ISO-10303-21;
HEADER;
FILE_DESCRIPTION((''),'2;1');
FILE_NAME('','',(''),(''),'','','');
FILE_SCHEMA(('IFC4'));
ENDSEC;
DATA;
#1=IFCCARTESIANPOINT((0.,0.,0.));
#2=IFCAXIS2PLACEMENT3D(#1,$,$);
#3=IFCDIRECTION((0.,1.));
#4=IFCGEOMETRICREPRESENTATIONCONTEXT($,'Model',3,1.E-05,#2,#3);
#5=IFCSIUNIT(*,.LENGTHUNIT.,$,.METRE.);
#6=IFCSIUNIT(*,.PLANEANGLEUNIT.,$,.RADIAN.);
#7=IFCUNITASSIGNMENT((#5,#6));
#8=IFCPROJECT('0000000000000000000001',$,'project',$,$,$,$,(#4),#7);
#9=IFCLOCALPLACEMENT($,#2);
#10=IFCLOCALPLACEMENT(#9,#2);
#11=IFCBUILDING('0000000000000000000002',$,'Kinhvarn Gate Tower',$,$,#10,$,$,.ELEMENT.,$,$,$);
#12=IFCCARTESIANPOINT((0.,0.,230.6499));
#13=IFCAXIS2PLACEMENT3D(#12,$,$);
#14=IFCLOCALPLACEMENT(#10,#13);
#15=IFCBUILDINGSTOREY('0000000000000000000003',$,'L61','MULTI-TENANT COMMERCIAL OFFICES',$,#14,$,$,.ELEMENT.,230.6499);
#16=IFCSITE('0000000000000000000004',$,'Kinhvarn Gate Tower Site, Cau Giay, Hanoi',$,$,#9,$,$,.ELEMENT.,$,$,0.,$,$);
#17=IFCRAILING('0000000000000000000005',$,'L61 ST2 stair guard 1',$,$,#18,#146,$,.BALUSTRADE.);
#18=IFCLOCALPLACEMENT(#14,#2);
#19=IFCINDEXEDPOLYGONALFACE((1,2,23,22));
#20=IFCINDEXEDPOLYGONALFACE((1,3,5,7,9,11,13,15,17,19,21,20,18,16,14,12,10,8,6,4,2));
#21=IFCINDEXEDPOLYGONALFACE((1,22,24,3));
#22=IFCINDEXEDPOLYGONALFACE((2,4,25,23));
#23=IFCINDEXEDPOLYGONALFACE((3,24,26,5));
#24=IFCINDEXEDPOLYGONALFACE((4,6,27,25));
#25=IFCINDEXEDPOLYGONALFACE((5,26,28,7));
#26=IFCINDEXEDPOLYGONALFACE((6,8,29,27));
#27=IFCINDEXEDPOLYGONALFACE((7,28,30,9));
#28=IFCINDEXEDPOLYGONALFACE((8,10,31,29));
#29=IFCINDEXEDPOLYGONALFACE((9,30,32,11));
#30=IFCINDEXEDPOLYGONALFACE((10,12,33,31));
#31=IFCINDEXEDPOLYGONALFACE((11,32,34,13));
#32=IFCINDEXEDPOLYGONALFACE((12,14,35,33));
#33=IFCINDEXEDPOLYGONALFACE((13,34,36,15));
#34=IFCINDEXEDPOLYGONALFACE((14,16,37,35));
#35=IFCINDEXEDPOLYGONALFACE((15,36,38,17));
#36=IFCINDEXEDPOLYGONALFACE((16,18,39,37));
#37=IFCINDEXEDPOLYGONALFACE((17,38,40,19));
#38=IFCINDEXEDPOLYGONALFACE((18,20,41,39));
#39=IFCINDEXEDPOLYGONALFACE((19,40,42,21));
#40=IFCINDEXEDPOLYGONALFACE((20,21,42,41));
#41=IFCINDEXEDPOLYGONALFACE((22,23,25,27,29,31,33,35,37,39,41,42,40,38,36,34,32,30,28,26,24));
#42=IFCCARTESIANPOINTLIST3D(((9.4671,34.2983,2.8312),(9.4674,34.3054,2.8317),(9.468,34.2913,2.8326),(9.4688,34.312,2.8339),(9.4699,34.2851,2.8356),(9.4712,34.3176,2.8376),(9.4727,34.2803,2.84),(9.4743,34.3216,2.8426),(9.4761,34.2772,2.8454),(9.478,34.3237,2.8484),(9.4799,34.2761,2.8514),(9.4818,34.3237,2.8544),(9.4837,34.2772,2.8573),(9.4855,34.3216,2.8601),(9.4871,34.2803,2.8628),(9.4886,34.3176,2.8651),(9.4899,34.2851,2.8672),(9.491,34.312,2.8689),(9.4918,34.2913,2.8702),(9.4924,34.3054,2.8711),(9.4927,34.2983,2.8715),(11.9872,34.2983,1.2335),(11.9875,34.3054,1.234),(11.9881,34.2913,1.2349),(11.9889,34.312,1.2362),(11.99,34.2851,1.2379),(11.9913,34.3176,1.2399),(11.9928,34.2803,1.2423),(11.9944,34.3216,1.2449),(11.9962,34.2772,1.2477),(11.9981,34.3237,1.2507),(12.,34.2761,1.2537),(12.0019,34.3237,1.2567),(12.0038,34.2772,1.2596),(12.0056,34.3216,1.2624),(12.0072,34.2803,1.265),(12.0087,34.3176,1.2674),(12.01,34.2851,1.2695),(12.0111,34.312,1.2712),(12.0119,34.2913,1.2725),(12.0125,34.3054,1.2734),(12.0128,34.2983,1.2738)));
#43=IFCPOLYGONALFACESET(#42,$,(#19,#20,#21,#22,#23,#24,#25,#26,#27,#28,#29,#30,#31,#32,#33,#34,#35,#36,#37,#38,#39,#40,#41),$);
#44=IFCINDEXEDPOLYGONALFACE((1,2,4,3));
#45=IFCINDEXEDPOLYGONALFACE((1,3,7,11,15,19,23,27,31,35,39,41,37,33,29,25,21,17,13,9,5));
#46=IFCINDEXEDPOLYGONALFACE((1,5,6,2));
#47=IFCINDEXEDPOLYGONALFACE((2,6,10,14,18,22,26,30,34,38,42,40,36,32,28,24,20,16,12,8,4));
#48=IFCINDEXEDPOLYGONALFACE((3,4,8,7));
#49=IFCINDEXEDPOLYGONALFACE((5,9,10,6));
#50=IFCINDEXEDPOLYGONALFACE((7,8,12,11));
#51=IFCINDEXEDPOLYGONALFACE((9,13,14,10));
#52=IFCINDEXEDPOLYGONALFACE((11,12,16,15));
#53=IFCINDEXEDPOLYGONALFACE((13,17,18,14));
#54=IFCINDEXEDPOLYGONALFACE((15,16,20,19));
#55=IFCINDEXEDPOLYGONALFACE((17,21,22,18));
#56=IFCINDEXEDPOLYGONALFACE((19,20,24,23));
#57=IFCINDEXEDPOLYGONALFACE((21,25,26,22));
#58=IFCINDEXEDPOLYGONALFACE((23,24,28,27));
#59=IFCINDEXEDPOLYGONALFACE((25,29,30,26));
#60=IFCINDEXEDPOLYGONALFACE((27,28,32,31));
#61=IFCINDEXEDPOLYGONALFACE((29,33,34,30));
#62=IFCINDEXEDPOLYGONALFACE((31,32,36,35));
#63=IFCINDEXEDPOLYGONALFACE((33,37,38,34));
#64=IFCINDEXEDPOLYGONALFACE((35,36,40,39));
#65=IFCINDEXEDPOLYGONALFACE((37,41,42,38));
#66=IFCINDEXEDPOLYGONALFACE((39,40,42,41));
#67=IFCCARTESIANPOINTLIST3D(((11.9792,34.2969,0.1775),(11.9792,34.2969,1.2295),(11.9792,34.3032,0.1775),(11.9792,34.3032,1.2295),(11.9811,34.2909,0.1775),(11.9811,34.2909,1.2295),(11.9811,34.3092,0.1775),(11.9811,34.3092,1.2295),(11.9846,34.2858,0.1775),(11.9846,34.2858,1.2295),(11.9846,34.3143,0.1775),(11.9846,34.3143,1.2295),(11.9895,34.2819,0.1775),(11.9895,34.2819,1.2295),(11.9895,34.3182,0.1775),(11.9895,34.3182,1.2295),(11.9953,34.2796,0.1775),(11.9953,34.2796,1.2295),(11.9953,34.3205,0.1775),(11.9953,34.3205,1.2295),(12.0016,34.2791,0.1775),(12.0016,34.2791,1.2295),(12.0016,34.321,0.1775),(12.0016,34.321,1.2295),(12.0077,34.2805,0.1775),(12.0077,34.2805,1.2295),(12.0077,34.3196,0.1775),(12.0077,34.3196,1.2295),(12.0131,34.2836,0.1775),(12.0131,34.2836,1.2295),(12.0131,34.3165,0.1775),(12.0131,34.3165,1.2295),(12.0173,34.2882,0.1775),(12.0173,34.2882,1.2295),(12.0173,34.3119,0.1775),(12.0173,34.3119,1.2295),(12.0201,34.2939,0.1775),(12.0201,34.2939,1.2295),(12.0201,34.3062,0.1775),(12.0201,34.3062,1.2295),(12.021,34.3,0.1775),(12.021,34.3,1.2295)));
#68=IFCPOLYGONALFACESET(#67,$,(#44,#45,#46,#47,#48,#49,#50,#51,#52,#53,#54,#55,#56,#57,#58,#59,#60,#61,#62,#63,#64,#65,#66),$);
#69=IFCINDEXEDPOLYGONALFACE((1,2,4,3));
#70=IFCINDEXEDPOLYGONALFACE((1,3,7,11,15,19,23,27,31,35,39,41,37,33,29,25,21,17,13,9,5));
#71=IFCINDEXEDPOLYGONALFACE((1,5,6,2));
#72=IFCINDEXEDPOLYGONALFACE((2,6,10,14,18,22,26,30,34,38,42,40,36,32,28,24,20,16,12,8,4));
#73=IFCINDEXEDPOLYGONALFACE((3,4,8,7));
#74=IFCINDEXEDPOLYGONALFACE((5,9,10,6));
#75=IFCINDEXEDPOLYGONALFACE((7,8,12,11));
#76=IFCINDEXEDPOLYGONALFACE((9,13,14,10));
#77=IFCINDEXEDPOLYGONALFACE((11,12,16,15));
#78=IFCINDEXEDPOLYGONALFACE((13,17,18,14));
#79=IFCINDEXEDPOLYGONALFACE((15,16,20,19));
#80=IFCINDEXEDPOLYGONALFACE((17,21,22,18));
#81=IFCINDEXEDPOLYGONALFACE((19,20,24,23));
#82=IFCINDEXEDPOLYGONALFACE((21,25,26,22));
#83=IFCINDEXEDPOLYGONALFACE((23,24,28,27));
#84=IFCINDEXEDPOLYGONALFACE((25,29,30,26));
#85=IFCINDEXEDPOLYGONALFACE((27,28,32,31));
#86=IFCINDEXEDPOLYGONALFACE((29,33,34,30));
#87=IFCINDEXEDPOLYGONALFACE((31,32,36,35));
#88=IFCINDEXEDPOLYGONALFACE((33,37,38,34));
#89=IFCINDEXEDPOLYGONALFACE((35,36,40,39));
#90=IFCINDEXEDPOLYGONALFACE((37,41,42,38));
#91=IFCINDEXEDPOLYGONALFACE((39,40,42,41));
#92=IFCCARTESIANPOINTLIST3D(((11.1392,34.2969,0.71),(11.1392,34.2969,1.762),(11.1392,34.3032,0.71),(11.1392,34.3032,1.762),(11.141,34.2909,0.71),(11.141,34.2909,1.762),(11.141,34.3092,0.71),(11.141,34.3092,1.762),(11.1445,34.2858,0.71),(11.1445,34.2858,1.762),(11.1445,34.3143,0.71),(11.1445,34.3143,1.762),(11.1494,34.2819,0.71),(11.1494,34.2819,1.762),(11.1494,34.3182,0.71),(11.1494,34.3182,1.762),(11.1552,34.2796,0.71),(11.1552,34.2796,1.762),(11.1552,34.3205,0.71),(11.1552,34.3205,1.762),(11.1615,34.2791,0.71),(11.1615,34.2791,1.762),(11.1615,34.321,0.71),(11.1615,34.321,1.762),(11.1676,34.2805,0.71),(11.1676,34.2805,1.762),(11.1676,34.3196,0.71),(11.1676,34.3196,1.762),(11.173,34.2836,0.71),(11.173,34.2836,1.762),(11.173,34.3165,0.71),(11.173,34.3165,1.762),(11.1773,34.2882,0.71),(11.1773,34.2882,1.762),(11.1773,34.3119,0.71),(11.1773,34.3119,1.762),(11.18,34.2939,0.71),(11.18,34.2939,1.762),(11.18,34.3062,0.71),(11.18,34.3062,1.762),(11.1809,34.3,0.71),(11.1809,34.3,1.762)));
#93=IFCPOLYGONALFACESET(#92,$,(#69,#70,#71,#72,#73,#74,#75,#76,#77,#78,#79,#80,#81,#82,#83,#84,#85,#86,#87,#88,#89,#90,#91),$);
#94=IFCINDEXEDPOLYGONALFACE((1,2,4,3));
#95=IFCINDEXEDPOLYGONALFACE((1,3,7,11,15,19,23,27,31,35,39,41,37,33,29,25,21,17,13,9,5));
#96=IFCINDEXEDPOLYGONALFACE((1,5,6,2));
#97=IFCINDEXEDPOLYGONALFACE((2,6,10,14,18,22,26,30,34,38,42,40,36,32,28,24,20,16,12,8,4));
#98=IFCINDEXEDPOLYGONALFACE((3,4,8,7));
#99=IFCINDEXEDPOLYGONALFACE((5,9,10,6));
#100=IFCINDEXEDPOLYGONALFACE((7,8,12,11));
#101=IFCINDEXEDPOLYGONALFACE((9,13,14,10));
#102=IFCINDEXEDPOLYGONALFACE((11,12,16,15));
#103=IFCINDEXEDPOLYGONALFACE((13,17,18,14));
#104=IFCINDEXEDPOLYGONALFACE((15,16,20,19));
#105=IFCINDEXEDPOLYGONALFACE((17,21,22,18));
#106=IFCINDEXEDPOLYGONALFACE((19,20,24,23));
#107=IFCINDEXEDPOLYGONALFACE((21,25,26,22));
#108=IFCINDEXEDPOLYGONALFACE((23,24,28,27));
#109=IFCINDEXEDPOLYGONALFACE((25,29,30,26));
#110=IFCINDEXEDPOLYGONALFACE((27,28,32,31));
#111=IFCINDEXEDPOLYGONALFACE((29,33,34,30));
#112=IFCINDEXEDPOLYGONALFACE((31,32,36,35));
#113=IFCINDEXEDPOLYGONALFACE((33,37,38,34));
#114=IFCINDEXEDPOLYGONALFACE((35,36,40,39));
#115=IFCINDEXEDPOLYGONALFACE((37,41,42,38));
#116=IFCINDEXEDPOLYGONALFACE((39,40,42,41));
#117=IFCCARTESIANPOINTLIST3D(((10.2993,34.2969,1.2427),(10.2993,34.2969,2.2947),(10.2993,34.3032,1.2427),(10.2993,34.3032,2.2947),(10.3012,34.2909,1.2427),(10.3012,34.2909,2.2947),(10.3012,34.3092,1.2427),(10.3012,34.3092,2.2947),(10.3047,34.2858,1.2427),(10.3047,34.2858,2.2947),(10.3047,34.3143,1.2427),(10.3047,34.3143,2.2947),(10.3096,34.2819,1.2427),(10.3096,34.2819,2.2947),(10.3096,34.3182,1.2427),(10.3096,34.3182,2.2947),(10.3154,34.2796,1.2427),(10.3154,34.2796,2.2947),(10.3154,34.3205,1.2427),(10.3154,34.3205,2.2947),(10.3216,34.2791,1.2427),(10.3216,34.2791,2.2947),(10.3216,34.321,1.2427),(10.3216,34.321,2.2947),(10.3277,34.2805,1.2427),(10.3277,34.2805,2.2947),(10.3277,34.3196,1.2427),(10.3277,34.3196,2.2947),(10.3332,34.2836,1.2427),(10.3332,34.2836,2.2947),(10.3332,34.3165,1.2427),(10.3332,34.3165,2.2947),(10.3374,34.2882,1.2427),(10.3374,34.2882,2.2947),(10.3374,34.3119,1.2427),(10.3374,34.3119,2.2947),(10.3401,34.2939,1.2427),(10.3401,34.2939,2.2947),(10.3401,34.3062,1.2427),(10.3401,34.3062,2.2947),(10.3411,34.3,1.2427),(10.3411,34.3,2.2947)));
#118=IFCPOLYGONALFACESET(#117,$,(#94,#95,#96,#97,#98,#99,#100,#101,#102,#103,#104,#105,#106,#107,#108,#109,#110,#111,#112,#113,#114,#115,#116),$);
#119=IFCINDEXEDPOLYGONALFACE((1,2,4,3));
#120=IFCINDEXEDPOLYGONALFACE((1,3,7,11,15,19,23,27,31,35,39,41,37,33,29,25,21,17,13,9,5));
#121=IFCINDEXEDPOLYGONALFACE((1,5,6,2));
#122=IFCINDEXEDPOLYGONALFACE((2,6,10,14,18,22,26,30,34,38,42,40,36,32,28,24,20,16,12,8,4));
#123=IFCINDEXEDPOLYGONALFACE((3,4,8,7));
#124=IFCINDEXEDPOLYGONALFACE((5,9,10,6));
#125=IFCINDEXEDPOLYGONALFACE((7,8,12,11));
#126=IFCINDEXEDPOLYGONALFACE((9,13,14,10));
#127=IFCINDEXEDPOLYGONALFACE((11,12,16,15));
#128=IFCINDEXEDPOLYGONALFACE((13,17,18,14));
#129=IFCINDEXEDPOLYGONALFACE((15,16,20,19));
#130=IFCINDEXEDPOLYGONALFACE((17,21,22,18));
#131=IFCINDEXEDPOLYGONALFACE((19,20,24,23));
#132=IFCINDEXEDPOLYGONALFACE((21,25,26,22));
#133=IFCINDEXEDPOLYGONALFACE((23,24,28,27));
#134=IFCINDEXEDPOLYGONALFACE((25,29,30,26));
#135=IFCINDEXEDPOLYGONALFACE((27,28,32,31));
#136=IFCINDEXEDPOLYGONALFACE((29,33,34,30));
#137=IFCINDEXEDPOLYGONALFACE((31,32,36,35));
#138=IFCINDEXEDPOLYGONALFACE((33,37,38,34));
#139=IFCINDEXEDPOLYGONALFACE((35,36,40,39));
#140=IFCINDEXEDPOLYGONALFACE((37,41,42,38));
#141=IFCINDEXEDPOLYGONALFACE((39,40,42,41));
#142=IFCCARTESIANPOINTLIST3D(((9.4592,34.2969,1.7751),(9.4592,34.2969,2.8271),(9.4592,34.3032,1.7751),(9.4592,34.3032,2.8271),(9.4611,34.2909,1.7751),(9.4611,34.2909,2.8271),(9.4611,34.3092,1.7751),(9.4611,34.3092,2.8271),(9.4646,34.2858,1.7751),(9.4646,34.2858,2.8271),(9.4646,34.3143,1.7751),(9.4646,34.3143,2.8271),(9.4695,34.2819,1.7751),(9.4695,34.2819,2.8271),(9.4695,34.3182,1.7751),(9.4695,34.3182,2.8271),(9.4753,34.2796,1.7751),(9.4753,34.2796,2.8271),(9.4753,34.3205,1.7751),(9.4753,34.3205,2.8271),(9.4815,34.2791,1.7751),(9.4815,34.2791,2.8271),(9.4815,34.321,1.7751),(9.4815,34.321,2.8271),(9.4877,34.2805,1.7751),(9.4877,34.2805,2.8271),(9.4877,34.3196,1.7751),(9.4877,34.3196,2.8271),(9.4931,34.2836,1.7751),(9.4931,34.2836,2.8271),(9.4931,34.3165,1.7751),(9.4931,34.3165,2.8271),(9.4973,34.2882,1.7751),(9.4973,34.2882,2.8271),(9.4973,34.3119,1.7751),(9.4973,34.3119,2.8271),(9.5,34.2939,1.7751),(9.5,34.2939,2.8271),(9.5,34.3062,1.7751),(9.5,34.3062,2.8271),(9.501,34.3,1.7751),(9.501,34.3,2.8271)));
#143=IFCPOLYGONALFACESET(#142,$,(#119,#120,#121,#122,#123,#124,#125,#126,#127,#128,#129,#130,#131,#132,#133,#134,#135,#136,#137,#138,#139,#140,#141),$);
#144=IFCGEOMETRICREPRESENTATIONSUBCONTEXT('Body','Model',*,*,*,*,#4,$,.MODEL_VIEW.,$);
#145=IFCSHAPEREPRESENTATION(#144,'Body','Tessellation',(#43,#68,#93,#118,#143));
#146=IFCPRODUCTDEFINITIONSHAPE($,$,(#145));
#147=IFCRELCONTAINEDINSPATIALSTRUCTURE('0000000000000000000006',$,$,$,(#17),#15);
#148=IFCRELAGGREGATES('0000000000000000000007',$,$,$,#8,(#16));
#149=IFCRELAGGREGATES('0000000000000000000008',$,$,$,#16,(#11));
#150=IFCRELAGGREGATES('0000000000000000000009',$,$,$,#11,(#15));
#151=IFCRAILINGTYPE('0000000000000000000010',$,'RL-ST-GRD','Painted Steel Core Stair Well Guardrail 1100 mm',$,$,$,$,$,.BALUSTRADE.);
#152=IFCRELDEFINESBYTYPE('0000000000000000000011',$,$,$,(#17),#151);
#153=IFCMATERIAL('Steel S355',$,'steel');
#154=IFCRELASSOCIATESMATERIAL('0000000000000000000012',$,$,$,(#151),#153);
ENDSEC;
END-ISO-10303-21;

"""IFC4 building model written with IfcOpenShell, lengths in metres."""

from ifc_helpers import new_model, si_unit, direction, frame, origin, origin_2d, place, context, subcontext, project, spatial, circle, extrude, material, type_object, element, save


model = new_model("IFC4")

# Units and contexts
model_context = context("Model", 3, precision=1e-05, world=origin(), true_north=direction((0.0, 1.0)))
body_context = subcontext(model_context, "Body", "Model", "MODEL_VIEW")
ifc_project = project(units=[si_unit("LENGTHUNIT", "METRE"), si_unit("PLANEANGLEUNIT", "RADIAN")], contexts=[model_context])

# Site, building, storey
site_placement = place(None, origin())
site = spatial("IfcSite", under=ifc_project, at=site_placement, Name="Kinhvarn Gate Tower Site, Cau Giay, Hanoi", CompositionType="ELEMENT", RefElevation=0.0)
building_placement = place(site_placement, origin())
building = spatial("IfcBuilding", under=site, at=building_placement, Name="Kinhvarn Gate Tower", CompositionType="ELEMENT")
storey_placement = place(building_placement, frame((0.0, 0.0, 230.6499)))
storey = spatial("IfcBuildingStorey", under=building, at=storey_placement, Name="L61", Description="MULTI-TENANT COMMERCIAL OFFICES", CompositionType="ELEMENT", Elevation=230.6499)

# Shared definitions
ifc_material_1 = material(Name="Steel S355", Category="steel")

# Railing
railing_type_1 = type_object("IfcRailingType", Name="RL-ST-GRD", Description="Painted Steel Core Stair Well Guardrail 1100 mm", PredefinedType="BALUSTRADE", material=ifc_material_1)
railing_1_placement = place(storey_placement, frame((12.0, 34.3, 0.1775)))
element("IfcRailing", 1, at=railing_1_placement, inside=storey, type_object=railing_type_1, Name="L61 ST2 stair guard 1", PredefinedType="BALUSTRADE", context=body_context, shape_type="SweptSolid", body=[
    extrude(circle(Radius=0.0239, at=origin_2d()), frame((0.0, 0.0, 1.0762), z_axis=(-0.84457, 0.0, 0.535445), x_axis=(0.0, -1.0, 0.0)), (0.0, 0.0, 1.0), 2.9839),
    extrude(circle(Radius=0.021, at=origin_2d()), origin(), (0.0, 0.0, 1.0), 1.052),
    extrude(circle(Radius=0.021, at=origin_2d()), frame((-0.8401, 0.0, 0.5325)), (0.0, 0.0, 1.0), 1.052),
    extrude(circle(Radius=0.021, at=origin_2d()), frame((-1.6799, 0.0, 1.0652)), (0.0, 0.0, 1.0), 1.052),
    extrude(circle(Radius=0.021, at=origin_2d()), frame((-2.52, 0.0, 1.5977)), (0.0, 0.0, 1.0), 1.052),
])

save(model, "model.ifc")
